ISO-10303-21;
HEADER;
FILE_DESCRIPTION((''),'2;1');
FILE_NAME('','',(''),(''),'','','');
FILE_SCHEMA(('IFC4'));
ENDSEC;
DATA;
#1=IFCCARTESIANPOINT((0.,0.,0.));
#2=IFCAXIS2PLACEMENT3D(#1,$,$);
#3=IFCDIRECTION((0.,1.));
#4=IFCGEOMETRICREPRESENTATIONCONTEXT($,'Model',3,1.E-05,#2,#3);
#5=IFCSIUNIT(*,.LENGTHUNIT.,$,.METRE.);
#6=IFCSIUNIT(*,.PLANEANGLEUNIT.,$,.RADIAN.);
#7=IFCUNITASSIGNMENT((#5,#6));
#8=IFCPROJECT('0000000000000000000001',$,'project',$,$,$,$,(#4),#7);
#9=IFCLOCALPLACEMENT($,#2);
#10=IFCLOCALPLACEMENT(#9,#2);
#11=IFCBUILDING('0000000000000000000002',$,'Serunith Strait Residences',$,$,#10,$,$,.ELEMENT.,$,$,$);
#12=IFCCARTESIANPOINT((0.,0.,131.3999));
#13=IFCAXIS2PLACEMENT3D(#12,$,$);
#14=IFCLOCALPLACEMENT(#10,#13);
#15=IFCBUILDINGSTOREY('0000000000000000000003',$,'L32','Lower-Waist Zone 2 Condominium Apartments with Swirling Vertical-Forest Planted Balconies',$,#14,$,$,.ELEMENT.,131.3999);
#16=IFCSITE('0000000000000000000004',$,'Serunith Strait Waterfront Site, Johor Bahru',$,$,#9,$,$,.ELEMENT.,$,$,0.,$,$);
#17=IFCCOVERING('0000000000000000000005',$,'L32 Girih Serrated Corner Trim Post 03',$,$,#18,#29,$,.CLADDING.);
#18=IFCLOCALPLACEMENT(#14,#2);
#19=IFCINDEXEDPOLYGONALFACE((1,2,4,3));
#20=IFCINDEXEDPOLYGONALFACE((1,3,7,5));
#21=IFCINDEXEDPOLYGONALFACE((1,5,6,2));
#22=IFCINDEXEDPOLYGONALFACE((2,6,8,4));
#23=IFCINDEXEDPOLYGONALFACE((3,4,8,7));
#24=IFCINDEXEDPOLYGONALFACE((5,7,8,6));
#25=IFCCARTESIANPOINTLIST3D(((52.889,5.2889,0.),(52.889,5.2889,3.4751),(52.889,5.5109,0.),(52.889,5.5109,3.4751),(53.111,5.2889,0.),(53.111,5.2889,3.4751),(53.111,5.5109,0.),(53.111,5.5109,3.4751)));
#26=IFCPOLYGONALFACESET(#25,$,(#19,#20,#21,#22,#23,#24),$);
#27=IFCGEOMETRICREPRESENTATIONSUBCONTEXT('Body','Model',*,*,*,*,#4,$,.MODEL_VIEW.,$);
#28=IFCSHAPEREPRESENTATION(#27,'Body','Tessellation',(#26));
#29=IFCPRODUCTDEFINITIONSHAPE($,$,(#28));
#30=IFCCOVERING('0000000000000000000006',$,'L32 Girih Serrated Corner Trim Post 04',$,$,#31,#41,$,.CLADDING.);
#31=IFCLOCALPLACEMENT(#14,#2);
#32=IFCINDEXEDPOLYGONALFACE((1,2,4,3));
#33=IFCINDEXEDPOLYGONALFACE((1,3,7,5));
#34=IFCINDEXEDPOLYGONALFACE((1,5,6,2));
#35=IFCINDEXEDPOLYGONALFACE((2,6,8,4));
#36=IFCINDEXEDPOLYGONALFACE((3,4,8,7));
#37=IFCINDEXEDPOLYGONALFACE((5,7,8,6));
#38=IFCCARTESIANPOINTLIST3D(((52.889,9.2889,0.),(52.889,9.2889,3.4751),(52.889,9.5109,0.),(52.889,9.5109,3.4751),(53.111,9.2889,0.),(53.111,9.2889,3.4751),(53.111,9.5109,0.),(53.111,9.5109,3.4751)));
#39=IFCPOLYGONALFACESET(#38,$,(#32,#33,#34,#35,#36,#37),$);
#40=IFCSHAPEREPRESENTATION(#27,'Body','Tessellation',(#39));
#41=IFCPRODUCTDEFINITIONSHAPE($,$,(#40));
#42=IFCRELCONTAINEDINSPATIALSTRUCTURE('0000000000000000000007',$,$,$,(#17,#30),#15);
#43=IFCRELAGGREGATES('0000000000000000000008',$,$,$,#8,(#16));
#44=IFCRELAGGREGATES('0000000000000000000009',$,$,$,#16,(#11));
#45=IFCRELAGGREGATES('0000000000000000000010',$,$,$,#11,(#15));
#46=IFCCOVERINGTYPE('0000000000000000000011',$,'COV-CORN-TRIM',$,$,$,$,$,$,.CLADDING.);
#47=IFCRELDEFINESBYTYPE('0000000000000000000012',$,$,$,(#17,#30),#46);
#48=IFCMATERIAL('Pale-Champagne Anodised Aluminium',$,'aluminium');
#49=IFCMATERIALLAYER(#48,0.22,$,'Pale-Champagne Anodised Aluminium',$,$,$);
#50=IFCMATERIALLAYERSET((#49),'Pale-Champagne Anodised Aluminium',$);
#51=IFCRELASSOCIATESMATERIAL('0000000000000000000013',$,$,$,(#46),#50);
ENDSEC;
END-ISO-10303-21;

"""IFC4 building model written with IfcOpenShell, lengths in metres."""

from ifc_helpers import new_model, si_unit, direction, frame, origin, origin_2d, place, context, subcontext, project, spatial, rectangle, extrude, source, transform, mapped, material, layer, layer_set, type_object, element, save


model = new_model("IFC4")

# Units and contexts
model_context = context("Model", 3, precision=1e-05, world=origin(), true_north=direction((0.0, 1.0)))
body_context = subcontext(model_context, "Body", "Model", "MODEL_VIEW")
ifc_project = project(units=[si_unit("LENGTHUNIT", "METRE"), si_unit("PLANEANGLEUNIT", "RADIAN")], contexts=[model_context])

# Site, building, storey
site_placement = place(None, origin())
site = spatial("IfcSite", under=ifc_project, at=site_placement, Name="Serunith Strait Waterfront Site, Johor Bahru", CompositionType="ELEMENT", RefElevation=0.0)
building_placement = place(site_placement, origin())
building = spatial("IfcBuilding", under=site, at=building_placement, Name="Serunith Strait Residences", CompositionType="ELEMENT")
storey_placement = place(building_placement, frame((0.0, 0.0, 131.3999)))
storey = spatial("IfcBuildingStorey", under=building, at=storey_placement, Name="L32", Description="Lower-Waist Zone 2 Condominium Apartments with Swirling Vertical-Forest Planted Balconies", CompositionType="ELEMENT", Elevation=131.3999)

# Shared definitions
ifc_material_1 = material(Name="Pale-Champagne Anodised Aluminium", Category="aluminium")

# Coverings
ifc_layer_1 = layer(ifc_material_1, 0.22, Name="Pale-Champagne Anodised Aluminium")
ifc_layer_set_1 = layer_set([ifc_layer_1], Name="Pale-Champagne Anodised Aluminium")
covering_type = type_object("IfcCoveringType", Name="COV-CORN-TRIM", PredefinedType="CLADDING", material=ifc_layer_set_1)
shared_shape_1 = source(origin(), body_context, "Body", "SweptSolid", [
    extrude(rectangle(XDim=0.2219, YDim=0.2219, at=origin_2d()), origin(), (0.0, 0.0, 1.0), 3.4751),
])
for number, where, z_axis, x_axis, name in (
    (1, (53.0, 5.3999, 0.0), (0.0, 0.0, 1.0), (1.0, 0.0, 0.0), "L32 Girih Serrated Corner Trim Post 03"),
    (2, (53.0, 9.3999, 0.0), (0.0, 0.0, 1.0), (1.0, 0.0, 0.0), "L32 Girih Serrated Corner Trim Post 04"),
):
    element("IfcCovering", number, at=place(storey_placement, frame(where, z_axis=z_axis, x_axis=x_axis)), inside=storey, type_object=covering_type, Name=name, PredefinedType="CLADDING", context=body_context, shape_type="MappedRepresentation", body=[
        mapped(shared_shape_1, transform((0.0, 0.0, 0.0), scale=1.0)),
    ])

save(model, "model.ifc")
